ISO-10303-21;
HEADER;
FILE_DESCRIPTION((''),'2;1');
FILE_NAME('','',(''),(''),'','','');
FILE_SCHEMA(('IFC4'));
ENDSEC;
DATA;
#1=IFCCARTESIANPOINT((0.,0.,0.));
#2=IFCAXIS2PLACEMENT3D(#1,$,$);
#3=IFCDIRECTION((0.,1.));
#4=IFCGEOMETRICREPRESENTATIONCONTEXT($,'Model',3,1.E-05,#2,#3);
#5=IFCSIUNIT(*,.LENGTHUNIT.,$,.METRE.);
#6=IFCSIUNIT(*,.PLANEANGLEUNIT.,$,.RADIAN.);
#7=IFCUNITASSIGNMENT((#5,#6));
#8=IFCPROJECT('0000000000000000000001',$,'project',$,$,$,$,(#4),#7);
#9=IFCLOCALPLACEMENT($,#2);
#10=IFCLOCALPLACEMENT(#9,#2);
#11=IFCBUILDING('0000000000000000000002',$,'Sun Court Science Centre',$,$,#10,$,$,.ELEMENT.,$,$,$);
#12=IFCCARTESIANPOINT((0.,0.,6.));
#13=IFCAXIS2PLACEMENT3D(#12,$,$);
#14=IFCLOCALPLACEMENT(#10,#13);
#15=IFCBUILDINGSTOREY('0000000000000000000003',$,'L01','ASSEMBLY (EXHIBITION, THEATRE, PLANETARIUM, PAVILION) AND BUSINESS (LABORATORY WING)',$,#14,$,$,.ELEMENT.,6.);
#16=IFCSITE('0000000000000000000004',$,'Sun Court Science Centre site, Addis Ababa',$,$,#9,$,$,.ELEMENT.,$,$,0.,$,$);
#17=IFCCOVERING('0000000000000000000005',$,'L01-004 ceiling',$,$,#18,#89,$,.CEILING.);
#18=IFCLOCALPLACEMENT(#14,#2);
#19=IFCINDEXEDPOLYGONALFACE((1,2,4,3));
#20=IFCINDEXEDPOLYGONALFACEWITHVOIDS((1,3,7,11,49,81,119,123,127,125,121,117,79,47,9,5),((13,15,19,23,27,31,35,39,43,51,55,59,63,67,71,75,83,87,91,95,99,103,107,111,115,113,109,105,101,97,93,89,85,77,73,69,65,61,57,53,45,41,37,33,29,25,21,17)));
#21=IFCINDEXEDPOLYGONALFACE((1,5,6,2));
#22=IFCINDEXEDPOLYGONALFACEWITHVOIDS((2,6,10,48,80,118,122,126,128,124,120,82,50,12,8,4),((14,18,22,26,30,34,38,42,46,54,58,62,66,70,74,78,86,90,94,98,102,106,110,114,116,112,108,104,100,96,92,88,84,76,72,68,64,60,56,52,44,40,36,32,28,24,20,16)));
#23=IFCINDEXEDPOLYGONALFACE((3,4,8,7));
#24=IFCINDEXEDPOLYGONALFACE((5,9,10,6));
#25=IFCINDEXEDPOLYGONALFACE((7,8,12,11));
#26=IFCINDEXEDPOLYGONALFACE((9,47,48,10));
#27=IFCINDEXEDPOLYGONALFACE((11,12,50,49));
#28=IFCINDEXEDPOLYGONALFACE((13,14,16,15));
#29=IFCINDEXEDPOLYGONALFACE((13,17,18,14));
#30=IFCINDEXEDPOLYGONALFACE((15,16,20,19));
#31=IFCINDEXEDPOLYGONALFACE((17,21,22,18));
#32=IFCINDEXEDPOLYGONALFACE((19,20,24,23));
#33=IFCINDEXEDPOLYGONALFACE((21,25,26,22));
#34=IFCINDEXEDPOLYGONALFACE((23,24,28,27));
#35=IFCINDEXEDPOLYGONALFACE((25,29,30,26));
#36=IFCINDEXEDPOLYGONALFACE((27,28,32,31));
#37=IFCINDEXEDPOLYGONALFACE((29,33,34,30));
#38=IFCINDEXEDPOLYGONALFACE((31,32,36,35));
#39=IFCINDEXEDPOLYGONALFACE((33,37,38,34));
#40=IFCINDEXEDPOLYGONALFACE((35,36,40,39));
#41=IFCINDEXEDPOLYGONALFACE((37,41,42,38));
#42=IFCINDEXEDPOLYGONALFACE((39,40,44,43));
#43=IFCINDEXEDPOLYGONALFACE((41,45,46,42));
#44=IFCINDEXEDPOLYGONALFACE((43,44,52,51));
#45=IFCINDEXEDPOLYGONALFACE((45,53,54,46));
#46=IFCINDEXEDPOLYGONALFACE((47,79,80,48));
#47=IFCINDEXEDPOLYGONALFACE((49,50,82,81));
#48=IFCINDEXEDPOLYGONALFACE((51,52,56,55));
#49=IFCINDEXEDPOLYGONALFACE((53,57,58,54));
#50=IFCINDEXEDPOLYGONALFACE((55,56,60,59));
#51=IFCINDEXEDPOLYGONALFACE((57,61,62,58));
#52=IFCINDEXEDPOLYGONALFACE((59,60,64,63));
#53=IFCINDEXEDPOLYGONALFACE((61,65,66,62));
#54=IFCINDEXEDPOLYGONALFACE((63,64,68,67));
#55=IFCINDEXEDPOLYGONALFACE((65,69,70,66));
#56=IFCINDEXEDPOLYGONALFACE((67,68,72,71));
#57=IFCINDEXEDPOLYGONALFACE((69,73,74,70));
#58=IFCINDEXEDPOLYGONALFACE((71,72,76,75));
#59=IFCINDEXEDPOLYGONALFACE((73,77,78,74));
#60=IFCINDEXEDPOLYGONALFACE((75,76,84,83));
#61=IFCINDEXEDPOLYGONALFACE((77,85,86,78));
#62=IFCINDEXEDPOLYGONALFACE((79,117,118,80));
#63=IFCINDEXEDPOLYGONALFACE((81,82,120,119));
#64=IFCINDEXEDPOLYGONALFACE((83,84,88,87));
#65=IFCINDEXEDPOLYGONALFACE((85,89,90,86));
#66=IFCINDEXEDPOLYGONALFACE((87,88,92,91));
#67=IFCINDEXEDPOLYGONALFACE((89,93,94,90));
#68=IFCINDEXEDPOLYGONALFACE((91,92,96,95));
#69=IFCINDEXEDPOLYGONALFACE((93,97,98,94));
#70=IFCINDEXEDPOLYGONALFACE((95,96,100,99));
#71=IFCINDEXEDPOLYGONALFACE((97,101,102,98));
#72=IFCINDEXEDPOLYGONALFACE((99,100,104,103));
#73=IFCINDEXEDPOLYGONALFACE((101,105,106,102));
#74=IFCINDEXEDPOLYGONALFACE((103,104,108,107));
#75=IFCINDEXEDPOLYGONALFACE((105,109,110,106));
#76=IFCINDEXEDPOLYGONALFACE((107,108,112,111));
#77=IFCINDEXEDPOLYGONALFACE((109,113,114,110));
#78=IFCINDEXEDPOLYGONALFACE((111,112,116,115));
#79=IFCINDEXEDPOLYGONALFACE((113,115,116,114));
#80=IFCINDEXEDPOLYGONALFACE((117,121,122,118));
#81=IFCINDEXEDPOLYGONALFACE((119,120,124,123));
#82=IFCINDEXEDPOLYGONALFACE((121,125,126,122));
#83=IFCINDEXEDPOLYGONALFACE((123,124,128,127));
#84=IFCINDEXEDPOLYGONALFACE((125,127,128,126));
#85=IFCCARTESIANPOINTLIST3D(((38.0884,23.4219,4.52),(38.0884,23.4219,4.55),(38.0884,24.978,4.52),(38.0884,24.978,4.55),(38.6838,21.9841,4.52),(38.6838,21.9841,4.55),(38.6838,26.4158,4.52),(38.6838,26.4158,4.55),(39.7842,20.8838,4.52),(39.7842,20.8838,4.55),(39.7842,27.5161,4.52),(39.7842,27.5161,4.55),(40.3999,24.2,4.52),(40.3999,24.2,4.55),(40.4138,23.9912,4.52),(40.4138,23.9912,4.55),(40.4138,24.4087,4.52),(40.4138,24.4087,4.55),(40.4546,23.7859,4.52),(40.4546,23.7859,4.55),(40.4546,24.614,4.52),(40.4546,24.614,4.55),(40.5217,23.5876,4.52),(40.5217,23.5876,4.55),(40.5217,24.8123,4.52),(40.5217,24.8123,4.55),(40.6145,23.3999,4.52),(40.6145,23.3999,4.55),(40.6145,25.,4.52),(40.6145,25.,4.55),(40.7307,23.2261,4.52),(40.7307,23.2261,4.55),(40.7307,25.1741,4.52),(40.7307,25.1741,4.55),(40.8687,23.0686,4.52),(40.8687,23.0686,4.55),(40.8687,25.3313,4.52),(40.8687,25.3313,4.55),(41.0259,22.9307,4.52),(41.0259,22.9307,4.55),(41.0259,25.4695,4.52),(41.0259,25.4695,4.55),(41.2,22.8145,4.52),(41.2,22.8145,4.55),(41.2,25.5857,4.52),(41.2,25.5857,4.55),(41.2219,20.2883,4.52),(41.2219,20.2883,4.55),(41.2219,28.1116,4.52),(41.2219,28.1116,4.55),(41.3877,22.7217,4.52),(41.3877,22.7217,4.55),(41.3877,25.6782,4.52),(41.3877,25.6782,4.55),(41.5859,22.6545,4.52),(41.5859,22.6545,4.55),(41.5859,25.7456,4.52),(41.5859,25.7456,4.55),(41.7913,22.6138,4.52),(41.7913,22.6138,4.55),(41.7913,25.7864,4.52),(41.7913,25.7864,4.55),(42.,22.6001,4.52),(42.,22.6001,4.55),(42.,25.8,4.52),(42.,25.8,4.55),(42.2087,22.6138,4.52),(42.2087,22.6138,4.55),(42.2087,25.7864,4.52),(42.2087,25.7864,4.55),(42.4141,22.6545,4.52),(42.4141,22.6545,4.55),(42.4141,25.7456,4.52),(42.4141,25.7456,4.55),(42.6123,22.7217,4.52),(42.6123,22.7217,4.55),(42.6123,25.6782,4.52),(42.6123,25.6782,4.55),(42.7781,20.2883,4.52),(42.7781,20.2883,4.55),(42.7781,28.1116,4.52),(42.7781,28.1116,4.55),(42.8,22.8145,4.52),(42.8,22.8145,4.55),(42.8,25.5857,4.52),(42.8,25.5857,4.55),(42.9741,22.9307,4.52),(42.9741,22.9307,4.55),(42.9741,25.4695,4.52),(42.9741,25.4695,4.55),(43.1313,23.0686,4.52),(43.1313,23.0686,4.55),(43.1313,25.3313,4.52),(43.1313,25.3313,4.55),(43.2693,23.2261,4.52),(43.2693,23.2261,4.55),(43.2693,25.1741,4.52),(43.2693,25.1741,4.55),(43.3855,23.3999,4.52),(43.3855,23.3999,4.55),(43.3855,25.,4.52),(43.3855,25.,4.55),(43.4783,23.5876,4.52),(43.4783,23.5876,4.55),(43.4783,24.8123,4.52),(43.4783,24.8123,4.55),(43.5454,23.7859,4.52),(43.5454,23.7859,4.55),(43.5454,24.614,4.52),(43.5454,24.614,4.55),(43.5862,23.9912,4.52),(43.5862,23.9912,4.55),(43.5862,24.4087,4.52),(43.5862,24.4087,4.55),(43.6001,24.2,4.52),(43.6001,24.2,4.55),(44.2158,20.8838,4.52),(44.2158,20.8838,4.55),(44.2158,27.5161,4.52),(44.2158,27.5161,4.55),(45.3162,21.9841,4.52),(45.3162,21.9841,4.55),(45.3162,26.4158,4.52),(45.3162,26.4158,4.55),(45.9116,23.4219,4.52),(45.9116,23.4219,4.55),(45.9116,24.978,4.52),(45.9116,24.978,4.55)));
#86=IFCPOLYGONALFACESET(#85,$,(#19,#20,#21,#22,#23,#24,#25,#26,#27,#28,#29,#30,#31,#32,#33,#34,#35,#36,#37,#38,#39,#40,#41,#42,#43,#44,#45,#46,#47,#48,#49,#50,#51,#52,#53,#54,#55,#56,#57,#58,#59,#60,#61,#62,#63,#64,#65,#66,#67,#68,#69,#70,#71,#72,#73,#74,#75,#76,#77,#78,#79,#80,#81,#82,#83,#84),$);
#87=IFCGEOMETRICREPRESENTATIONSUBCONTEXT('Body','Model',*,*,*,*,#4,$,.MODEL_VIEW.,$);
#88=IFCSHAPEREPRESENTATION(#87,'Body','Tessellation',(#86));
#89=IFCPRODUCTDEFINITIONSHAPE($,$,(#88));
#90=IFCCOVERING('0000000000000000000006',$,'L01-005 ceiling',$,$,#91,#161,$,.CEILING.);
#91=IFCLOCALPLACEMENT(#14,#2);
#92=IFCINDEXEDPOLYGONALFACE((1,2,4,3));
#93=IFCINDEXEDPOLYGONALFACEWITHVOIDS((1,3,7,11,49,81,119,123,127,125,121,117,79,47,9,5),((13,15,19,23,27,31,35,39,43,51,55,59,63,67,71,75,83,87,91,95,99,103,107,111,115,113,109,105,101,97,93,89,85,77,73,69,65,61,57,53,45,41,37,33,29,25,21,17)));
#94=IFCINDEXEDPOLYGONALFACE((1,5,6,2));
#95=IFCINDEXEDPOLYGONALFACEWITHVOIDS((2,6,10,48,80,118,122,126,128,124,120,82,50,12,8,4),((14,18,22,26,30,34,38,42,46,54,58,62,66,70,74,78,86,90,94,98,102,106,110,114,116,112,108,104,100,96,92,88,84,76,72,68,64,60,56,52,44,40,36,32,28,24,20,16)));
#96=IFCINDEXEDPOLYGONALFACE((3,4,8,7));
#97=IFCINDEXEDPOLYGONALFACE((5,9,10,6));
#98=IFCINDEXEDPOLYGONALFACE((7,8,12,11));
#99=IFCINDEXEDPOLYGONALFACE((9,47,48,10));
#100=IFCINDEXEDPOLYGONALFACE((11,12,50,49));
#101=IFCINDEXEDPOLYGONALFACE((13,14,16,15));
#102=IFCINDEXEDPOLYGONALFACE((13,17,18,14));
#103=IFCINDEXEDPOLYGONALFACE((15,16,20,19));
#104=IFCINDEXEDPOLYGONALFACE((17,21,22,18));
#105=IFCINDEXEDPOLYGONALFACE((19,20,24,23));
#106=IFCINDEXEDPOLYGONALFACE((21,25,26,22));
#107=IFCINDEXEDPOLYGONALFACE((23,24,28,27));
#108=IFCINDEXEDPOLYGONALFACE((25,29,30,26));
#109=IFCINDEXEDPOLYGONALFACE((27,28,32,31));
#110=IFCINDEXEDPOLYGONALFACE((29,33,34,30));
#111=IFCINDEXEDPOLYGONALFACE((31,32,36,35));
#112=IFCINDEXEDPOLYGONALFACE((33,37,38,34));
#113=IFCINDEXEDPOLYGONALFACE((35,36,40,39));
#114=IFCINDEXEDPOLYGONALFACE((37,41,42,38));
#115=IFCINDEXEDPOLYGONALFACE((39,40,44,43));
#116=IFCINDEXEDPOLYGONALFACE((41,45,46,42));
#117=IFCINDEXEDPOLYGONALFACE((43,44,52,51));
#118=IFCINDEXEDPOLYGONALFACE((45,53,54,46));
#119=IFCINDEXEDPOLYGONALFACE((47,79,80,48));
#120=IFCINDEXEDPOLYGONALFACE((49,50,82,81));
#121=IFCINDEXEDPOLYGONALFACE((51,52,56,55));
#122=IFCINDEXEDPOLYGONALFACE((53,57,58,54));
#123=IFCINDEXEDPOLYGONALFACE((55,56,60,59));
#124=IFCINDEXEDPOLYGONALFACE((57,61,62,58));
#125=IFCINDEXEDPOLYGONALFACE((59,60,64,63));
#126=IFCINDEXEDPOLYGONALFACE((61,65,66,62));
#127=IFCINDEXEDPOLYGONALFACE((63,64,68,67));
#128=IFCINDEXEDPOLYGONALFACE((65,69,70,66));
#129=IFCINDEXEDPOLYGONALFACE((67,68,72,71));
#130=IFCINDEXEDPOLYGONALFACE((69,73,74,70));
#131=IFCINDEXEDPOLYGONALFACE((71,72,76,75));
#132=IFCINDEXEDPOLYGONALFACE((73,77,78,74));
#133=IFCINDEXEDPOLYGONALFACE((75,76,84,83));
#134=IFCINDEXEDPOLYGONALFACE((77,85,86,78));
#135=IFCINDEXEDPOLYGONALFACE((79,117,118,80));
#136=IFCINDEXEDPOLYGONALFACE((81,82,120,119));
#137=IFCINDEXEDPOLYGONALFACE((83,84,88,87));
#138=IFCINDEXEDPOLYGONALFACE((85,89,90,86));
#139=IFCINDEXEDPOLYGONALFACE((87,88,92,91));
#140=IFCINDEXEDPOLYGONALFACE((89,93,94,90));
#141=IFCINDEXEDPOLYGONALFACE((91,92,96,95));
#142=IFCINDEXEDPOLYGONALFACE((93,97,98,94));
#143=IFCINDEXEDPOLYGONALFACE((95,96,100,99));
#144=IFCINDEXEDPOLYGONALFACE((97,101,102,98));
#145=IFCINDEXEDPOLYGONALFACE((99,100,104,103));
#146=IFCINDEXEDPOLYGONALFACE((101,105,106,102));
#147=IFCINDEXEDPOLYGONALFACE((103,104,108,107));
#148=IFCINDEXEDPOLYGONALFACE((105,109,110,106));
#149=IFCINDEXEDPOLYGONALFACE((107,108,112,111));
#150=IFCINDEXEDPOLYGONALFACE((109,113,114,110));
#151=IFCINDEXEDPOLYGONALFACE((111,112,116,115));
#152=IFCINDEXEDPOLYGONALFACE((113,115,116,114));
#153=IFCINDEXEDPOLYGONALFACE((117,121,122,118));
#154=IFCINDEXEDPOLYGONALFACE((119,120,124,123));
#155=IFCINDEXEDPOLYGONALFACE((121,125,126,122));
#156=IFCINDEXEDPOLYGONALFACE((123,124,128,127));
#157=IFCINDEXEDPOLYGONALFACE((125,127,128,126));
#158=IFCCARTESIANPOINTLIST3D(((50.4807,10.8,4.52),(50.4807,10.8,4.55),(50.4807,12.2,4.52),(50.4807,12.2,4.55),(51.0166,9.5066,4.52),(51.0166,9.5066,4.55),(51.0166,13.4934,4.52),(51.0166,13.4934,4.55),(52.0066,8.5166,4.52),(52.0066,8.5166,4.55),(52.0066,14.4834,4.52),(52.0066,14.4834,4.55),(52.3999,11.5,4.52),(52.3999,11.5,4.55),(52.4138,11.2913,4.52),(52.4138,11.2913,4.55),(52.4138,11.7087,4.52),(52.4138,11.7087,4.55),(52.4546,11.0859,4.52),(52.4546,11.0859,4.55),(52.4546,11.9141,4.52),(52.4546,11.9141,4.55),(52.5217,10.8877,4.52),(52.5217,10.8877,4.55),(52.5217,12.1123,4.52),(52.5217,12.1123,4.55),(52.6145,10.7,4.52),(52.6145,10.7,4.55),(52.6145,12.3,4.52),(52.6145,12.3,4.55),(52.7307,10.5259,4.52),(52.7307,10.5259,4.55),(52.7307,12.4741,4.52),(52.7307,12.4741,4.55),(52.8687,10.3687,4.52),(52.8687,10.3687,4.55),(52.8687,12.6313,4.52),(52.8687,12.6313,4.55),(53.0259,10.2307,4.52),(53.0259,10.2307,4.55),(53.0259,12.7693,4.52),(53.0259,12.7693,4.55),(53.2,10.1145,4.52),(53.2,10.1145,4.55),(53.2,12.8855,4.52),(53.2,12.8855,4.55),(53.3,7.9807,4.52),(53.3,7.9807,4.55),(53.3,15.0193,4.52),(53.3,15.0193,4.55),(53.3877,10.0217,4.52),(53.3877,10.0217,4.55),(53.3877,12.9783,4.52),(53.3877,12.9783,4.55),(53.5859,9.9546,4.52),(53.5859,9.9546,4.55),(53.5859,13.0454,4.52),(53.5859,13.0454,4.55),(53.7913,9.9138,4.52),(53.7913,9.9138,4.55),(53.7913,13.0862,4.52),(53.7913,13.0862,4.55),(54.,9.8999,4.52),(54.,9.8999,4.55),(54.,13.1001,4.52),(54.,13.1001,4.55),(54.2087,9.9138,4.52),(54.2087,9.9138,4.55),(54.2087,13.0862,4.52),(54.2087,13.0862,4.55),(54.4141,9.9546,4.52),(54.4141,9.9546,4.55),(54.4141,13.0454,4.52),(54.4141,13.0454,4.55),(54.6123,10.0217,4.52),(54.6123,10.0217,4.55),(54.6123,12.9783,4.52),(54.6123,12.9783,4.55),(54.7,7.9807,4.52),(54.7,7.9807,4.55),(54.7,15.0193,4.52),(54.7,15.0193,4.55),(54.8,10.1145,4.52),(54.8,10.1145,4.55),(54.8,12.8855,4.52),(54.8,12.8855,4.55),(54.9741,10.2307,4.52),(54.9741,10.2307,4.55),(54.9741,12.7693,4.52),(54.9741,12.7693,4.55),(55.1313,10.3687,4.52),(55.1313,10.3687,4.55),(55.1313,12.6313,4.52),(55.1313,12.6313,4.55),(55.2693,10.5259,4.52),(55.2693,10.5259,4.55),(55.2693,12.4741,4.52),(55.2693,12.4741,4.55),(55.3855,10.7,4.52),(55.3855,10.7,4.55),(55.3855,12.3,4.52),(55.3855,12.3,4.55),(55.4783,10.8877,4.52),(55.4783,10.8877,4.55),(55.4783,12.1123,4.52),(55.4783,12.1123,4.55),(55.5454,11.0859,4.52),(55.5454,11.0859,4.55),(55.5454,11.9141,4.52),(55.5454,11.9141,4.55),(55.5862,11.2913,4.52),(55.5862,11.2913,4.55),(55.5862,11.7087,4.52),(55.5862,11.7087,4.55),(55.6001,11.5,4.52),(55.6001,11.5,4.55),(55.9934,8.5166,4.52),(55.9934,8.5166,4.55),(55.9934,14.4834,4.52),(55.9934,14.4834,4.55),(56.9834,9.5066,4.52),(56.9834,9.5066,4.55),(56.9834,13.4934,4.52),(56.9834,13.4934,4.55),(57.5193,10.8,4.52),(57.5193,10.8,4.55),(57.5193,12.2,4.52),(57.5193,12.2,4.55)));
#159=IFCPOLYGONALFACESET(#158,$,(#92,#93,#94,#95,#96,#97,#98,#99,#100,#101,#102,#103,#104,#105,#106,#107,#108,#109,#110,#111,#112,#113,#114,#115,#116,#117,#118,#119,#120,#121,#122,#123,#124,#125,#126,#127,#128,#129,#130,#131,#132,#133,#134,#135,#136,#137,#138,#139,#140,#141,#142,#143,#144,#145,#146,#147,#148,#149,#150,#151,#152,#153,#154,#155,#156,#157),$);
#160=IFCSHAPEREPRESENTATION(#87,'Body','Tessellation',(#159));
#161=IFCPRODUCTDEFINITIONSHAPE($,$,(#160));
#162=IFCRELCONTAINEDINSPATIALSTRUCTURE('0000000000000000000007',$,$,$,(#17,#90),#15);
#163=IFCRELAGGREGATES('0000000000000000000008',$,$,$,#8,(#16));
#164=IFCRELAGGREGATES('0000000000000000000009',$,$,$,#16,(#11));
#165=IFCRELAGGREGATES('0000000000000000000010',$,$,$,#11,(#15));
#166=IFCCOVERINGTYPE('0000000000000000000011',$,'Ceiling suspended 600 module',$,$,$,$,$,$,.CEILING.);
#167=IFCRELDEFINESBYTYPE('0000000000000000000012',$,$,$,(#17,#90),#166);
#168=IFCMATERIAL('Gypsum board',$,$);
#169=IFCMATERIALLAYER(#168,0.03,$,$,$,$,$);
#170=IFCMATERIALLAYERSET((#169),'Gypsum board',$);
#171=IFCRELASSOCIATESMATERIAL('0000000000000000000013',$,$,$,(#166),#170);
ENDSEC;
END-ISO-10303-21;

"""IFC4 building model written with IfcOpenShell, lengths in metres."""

from ifc_helpers import new_model, si_unit, direction, frame, origin, place, context, subcontext, project, spatial, polyline, outline, extrude, material, layer, layer_set, type_object, element, save


model = new_model("IFC4")

# Units and contexts
model_context = context("Model", 3, precision=1e-05, world=origin(), true_north=direction((0.0, 1.0)))
body_context = subcontext(model_context, "Body", "Model", "MODEL_VIEW")
ifc_project = project(units=[si_unit("LENGTHUNIT", "METRE"), si_unit("PLANEANGLEUNIT", "RADIAN")], contexts=[model_context])

# Site, building, storey
site_placement = place(None, origin())
site = spatial("IfcSite", under=ifc_project, at=site_placement, Name="Sun Court Science Centre site, Addis Ababa", CompositionType="ELEMENT", RefElevation=0.0)
building_placement = place(site_placement, origin())
building = spatial("IfcBuilding", under=site, at=building_placement, Name="Sun Court Science Centre", CompositionType="ELEMENT")
storey_placement = place(building_placement, frame((0.0, 0.0, 6.0)))
storey = spatial("IfcBuildingStorey", under=building, at=storey_placement, Name="L01", Description="ASSEMBLY (EXHIBITION, THEATRE, PLANETARIUM, PAVILION) AND BUSINESS (LABORATORY WING)", CompositionType="ELEMENT", Elevation=6.0)

# Coverings
ifc_material_1 = material(Name="Gypsum board")
ifc_layer_1 = layer(ifc_material_1, 0.03)
ifc_layer_set_1 = layer_set([ifc_layer_1], Name="Gypsum board")
covering_type_1 = type_object("IfcCoveringType", Name="Ceiling suspended 600 module", PredefinedType="CEILING", material=ifc_layer_set_1)
covering_1_placement = place(storey_placement, frame((0.0, 0.0, 4.52)))
element("IfcCovering", 1, at=covering_1_placement, inside=storey, type_object=covering_type_1, Name="L01-004 ceiling", PredefinedType="CEILING", context=body_context, shape_type="SweptSolid", body=[
    extrude(outline(polyline([(45.3162, 21.9841), (44.2158, 20.8838), (42.7781, 20.2883), (41.2219, 20.2883), (39.7842, 20.8838), (38.6838, 21.9841), (38.0884, 23.4219), (38.0884, 24.978), (38.6838, 26.4158), (39.7842, 27.5161), (41.2219, 28.1116), (42.7781, 28.1116), (44.2158, 27.5161), (45.3162, 26.4158), (45.9116, 24.978), (45.9116, 23.4219), (45.3162, 21.9841)]), holes=[polyline([(43.4783, 24.8123), (43.3855, 25.0), (43.2693, 25.1741), (43.1313, 25.3313), (42.9741, 25.4695), (42.8, 25.5857), (42.6123, 25.6782), (42.4141, 25.7456), (42.2087, 25.7864), (42.0, 25.8), (41.7913, 25.7864), (41.5859, 25.7456), (41.3877, 25.6782), (41.2, 25.5857), (41.0259, 25.4695), (40.8687, 25.3313), (40.7307, 25.1741), (40.6145, 25.0), (40.5217, 24.8123), (40.4546, 24.614), (40.4138, 24.4087), (40.3999, 24.2), (40.4138, 23.9912), (40.4546, 23.7859), (40.5217, 23.5876), (40.6145, 23.3999), (40.7307, 23.2261), (40.8687, 23.0686), (41.0259, 22.9307), (41.2, 22.8145), (41.3877, 22.7217), (41.5859, 22.6545), (41.7913, 22.6138), (42.0, 22.6001), (42.2087, 22.6138), (42.4141, 22.6545), (42.6123, 22.7217), (42.8, 22.8145), (42.9741, 22.9307), (43.1313, 23.0686), (43.2693, 23.2261), (43.3855, 23.3999), (43.4783, 23.5876), (43.5454, 23.7859), (43.5862, 23.9912), (43.6001, 24.2), (43.5862, 24.4087), (43.5454, 24.614), (43.4783, 24.8123)])]), origin(), (0.0, 0.0, 1.0), 0.03),
])
covering_2_placement = place(storey_placement, frame((0.0, 0.0, 4.52)))
element("IfcCovering", 2, at=covering_2_placement, inside=storey, type_object=covering_type_1, Name="L01-005 ceiling", PredefinedType="CEILING", context=body_context, shape_type="SweptSolid", body=[
    extrude(outline(polyline([(56.9834, 9.5066), (55.9934, 8.5166), (54.7, 7.9807), (53.3, 7.9807), (52.0066, 8.5166), (51.0166, 9.5066), (50.4807, 10.8), (50.4807, 12.2), (51.0166, 13.4934), (52.0066, 14.4834), (53.3, 15.0193), (54.7, 15.0193), (55.9934, 14.4834), (56.9834, 13.4934), (57.5193, 12.2), (57.5193, 10.8), (56.9834, 9.5066)]), holes=[polyline([(55.4783, 12.1123), (55.3855, 12.3), (55.2693, 12.4741), (55.1313, 12.6313), (54.9741, 12.7693), (54.8, 12.8855), (54.6123, 12.9783), (54.4141, 13.0454), (54.2087, 13.0862), (54.0, 13.1001), (53.7913, 13.0862), (53.5859, 13.0454), (53.3877, 12.9783), (53.2, 12.8855), (53.0259, 12.7693), (52.8687, 12.6313), (52.7307, 12.4741), (52.6145, 12.3), (52.5217, 12.1123), (52.4546, 11.9141), (52.4138, 11.7087), (52.3999, 11.5), (52.4138, 11.2913), (52.4546, 11.0859), (52.5217, 10.8877), (52.6145, 10.7), (52.7307, 10.5259), (52.8687, 10.3687), (53.0259, 10.2307), (53.2, 10.1145), (53.3877, 10.0217), (53.5859, 9.9546), (53.7913, 9.9138), (54.0, 9.8999), (54.2087, 9.9138), (54.4141, 9.9546), (54.6123, 10.0217), (54.8, 10.1145), (54.9741, 10.2307), (55.1313, 10.3687), (55.2693, 10.5259), (55.3855, 10.7), (55.4783, 10.8877), (55.5454, 11.0859), (55.5862, 11.2913), (55.6001, 11.5), (55.5862, 11.7087), (55.5454, 11.9141), (55.4783, 12.1123)])]), origin(), (0.0, 0.0, 1.0), 0.03),
])

save(model, "model.ifc")
